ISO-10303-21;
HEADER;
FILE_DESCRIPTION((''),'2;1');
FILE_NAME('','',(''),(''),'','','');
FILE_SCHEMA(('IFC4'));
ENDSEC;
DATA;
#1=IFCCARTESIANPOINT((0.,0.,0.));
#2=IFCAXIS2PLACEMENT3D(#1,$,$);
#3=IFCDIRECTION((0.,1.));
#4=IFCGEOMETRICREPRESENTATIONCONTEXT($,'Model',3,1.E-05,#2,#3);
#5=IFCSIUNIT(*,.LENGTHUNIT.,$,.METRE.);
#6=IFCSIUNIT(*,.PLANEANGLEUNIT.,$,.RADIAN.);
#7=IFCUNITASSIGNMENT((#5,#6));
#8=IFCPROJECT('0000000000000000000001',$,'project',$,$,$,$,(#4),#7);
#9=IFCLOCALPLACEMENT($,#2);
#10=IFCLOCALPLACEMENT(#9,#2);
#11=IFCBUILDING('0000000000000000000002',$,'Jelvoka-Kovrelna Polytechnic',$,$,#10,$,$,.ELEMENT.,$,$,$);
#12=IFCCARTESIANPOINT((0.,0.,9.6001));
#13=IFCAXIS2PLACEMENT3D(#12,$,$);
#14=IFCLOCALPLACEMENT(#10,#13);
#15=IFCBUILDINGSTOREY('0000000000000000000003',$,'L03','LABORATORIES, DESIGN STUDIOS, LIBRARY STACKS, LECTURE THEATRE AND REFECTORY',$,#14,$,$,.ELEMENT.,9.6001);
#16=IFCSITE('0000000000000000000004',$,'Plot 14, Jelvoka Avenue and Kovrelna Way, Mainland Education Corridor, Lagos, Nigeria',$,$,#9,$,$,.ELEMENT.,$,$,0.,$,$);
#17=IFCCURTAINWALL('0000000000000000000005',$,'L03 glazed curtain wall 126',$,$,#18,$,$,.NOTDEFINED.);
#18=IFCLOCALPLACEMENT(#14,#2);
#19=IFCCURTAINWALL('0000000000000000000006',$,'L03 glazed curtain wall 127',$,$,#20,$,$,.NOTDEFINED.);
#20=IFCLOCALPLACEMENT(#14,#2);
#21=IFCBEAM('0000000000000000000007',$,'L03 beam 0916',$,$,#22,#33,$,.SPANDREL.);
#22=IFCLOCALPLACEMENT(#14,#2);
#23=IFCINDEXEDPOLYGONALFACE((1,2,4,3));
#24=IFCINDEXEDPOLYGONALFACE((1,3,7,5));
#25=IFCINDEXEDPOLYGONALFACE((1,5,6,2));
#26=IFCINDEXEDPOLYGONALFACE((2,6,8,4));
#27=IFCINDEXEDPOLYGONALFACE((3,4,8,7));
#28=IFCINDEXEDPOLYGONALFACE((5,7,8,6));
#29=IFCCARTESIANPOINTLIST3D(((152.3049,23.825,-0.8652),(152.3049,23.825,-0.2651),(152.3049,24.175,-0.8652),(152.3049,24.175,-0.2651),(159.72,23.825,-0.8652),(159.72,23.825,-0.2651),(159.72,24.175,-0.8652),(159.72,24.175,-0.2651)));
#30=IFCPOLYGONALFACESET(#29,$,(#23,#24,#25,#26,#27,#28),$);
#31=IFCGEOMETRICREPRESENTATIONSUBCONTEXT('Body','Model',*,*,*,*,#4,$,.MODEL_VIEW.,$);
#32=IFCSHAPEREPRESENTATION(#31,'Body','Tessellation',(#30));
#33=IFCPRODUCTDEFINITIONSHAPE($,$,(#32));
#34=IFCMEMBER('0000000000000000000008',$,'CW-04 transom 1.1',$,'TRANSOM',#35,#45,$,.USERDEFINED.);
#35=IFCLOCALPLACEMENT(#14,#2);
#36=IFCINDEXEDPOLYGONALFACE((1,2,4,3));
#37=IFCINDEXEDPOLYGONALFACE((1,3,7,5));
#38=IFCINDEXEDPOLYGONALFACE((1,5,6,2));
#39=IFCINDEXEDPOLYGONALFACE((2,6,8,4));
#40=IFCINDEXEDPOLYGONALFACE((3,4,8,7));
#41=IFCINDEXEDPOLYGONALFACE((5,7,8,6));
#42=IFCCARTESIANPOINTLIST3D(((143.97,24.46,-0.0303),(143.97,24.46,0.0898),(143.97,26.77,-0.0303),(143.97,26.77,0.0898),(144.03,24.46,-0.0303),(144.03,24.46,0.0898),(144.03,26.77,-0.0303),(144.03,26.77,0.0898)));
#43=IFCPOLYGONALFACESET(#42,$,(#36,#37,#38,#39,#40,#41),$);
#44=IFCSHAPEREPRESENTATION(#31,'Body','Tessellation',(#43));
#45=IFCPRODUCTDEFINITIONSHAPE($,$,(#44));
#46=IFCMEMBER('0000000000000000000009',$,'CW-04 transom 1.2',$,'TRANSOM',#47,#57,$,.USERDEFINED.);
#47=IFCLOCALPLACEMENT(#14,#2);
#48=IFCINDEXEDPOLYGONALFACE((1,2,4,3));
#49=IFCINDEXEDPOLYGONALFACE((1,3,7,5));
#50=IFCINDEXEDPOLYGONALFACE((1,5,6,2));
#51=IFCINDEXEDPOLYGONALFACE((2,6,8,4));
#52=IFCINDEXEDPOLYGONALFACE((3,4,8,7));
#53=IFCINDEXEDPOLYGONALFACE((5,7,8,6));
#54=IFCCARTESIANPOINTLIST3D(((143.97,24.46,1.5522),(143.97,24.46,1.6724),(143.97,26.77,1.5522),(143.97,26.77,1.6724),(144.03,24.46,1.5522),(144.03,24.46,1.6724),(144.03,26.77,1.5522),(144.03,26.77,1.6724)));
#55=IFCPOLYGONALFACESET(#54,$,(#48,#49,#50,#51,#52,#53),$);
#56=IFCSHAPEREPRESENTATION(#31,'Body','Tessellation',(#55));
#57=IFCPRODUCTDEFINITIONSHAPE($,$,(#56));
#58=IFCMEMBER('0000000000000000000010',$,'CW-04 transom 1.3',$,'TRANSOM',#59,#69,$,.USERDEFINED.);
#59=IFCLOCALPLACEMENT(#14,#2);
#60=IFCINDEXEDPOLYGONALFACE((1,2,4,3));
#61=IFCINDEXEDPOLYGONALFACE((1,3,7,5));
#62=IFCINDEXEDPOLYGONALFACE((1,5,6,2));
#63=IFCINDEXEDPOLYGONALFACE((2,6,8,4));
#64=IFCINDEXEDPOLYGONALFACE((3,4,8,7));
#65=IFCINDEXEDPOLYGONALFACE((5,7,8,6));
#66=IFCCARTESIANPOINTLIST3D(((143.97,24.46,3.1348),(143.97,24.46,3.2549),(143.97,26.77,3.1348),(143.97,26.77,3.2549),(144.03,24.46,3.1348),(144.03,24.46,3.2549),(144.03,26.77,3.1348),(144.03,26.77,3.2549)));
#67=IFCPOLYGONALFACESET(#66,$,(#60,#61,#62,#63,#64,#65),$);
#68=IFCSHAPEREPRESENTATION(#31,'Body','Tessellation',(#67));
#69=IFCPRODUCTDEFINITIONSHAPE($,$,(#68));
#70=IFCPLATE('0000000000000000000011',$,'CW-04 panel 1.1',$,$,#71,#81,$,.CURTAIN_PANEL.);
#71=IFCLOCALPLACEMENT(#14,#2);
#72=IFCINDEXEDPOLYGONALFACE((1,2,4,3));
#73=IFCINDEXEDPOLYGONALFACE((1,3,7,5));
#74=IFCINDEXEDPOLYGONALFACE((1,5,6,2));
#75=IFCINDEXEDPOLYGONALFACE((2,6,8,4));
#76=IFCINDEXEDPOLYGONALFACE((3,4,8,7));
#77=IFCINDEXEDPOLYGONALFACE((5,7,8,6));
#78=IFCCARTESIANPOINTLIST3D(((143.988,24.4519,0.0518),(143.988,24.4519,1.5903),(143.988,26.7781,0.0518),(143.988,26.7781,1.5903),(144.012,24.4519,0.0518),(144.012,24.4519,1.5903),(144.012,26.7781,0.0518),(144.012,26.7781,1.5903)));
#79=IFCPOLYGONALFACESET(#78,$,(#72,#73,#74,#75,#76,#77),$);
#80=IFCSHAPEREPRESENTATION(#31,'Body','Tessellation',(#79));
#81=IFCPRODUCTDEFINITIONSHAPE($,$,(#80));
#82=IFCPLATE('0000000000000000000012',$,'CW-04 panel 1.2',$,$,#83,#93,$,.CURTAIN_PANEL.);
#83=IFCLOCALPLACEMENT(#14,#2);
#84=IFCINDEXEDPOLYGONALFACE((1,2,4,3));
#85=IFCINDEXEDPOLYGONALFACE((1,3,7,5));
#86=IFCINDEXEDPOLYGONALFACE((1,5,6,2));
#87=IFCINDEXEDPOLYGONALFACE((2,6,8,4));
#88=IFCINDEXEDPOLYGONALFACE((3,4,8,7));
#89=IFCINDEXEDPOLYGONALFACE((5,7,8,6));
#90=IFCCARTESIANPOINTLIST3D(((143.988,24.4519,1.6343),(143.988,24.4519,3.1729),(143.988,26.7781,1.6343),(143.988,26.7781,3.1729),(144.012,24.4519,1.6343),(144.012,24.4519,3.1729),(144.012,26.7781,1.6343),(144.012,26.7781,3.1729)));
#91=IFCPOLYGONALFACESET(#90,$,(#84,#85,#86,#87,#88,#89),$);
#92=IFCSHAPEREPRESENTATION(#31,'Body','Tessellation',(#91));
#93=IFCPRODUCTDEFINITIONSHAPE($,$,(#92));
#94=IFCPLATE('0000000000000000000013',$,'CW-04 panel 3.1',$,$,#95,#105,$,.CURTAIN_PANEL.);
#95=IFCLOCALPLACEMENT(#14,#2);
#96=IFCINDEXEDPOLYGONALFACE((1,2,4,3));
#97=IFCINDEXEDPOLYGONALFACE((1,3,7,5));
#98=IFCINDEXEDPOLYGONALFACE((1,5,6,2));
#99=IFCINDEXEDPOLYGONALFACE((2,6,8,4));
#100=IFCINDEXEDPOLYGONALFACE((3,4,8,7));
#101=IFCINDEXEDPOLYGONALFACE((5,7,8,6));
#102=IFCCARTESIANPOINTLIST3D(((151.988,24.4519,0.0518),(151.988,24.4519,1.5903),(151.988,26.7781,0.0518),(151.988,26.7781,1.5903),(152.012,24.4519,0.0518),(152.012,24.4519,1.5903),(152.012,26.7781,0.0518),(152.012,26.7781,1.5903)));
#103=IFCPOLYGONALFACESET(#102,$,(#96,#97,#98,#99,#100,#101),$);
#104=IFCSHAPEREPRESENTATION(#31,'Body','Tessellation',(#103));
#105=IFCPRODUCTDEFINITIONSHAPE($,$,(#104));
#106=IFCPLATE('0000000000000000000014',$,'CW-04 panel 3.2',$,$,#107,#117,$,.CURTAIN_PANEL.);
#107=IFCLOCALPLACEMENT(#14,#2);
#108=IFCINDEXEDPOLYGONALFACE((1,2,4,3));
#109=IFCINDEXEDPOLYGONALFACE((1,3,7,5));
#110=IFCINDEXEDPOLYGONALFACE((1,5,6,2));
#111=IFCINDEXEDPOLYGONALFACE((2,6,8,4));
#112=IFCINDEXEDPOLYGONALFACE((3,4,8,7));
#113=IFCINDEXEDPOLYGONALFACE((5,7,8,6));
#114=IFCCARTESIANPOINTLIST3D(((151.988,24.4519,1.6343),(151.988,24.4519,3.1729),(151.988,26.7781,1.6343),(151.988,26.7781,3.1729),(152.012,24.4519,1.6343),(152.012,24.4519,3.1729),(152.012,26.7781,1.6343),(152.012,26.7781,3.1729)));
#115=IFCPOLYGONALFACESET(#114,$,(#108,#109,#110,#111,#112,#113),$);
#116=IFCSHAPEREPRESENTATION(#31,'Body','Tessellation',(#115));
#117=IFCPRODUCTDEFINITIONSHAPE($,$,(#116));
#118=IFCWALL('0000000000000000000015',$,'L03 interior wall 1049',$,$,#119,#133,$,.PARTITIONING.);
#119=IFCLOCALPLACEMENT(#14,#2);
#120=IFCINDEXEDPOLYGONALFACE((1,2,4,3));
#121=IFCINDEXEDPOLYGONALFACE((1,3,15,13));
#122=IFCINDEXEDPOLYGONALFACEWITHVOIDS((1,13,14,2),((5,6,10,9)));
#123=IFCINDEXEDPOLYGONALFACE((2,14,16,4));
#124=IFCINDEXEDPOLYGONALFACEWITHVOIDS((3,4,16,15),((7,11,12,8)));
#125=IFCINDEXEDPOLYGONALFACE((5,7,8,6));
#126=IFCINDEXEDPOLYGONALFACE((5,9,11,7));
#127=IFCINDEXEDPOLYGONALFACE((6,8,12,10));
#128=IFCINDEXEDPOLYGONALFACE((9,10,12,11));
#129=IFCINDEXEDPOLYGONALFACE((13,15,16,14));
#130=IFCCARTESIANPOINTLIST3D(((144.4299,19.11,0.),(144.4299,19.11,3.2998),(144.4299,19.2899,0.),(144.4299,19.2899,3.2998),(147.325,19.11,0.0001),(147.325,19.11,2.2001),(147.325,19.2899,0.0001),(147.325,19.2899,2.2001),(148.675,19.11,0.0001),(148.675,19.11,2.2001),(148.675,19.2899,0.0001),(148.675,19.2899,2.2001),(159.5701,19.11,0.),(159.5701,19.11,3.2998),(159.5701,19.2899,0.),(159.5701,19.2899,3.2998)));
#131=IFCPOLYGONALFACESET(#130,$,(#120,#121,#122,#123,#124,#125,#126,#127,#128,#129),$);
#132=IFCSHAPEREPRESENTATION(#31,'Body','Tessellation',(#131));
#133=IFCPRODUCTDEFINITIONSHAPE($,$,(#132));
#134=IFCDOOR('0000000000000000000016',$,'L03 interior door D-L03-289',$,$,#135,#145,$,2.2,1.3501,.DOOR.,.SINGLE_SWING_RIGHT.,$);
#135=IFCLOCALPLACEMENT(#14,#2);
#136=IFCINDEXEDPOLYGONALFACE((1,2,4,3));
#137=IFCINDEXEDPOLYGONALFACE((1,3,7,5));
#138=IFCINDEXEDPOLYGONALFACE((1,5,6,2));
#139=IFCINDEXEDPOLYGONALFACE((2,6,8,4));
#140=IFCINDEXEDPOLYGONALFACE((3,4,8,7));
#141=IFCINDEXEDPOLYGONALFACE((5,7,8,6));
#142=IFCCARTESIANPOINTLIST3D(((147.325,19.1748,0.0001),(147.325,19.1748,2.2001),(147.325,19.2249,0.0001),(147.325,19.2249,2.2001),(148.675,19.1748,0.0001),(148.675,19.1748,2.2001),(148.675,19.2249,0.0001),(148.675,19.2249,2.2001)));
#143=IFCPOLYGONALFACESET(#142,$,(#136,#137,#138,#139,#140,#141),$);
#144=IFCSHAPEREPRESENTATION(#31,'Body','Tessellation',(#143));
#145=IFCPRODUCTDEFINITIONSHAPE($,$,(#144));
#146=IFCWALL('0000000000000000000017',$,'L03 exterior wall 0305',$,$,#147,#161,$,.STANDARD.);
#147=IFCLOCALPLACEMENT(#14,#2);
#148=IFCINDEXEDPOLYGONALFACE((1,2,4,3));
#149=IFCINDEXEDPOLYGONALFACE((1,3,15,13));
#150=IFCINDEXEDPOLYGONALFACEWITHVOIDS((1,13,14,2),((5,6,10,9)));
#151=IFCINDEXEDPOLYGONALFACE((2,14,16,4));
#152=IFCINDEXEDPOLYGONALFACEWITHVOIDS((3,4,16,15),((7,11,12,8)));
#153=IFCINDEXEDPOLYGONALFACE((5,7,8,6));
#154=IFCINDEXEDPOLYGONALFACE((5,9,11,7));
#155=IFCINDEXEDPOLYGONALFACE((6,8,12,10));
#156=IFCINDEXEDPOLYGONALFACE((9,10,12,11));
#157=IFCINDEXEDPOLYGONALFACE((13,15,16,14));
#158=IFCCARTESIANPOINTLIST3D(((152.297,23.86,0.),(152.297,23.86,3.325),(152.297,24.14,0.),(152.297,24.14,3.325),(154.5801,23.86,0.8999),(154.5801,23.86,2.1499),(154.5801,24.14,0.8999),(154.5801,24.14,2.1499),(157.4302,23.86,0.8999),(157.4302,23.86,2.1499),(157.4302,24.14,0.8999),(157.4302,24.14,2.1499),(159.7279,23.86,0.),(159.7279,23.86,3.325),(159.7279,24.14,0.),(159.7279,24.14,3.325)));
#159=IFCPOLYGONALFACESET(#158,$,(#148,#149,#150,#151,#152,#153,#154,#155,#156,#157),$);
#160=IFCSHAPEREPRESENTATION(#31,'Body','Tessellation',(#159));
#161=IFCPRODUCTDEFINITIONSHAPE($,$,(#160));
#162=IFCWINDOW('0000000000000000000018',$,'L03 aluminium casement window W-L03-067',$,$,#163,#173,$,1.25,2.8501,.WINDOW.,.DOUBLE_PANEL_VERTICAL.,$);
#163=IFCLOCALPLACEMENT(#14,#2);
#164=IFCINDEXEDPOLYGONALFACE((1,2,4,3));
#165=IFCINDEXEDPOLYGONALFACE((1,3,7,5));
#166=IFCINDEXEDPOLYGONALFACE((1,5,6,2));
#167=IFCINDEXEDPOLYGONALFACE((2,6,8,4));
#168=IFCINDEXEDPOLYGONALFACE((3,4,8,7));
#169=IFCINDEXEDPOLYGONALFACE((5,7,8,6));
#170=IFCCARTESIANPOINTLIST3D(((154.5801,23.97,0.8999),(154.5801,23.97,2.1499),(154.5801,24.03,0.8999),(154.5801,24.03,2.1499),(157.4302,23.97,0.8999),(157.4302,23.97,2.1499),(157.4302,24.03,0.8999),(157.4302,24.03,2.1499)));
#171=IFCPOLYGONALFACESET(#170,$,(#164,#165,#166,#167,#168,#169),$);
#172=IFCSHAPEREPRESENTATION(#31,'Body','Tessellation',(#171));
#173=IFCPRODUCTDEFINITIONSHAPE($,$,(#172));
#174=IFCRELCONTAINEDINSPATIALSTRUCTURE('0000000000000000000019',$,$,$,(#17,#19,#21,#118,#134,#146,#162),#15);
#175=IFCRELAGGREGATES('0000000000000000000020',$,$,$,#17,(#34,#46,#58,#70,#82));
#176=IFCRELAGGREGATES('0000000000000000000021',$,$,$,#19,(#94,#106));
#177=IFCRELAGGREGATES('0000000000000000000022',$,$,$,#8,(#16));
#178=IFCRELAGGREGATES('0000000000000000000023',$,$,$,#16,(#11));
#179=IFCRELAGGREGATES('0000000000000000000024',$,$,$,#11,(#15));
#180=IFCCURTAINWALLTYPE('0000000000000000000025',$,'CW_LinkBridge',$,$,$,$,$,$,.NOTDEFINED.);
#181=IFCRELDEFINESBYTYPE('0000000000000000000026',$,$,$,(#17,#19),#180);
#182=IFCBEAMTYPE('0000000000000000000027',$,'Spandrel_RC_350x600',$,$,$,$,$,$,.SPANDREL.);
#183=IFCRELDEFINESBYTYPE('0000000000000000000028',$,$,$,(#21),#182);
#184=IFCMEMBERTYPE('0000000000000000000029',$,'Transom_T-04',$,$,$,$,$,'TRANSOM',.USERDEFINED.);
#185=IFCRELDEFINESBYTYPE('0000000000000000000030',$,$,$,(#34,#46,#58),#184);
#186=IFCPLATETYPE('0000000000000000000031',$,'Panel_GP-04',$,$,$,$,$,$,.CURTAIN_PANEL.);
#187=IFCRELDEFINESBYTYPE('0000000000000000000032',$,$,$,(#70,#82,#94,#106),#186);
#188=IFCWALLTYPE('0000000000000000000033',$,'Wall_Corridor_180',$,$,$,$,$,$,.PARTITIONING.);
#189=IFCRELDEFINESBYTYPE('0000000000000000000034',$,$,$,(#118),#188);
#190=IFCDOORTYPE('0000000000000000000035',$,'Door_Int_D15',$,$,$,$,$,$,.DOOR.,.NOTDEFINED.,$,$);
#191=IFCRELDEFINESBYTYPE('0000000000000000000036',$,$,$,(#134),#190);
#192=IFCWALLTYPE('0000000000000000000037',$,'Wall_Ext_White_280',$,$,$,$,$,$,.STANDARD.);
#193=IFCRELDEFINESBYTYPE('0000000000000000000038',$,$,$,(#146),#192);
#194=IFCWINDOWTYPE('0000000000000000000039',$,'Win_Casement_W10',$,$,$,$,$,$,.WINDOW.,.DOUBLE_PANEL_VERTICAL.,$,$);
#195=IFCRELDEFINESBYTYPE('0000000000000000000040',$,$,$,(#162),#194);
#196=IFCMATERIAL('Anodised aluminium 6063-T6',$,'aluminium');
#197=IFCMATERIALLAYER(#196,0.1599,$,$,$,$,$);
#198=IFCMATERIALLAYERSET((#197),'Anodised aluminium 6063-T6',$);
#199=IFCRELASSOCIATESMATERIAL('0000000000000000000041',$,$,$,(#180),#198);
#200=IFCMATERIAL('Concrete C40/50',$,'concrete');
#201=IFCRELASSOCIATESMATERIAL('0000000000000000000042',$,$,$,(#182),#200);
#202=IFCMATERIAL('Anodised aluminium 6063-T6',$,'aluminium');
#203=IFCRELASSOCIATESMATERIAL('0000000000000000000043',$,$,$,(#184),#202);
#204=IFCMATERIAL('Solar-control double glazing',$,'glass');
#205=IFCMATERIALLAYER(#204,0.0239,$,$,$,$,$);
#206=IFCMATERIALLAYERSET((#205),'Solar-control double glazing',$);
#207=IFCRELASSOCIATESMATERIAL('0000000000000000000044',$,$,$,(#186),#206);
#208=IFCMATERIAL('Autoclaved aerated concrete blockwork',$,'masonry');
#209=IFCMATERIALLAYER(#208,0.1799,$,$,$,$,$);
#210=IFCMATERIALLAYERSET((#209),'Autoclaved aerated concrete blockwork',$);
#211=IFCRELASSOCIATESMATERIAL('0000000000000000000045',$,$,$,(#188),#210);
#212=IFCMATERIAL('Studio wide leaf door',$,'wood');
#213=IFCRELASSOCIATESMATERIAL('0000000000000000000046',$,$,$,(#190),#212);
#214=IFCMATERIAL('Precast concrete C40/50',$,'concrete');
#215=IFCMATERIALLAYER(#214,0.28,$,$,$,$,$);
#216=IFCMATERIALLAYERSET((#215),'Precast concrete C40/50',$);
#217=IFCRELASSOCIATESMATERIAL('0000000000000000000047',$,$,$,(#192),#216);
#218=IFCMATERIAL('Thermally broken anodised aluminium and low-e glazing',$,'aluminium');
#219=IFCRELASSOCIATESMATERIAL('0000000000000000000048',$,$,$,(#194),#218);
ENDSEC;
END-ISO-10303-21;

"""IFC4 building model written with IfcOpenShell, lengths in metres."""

from ifc_helpers import new_model, si_unit, direction, frame, frame_2d, origin, origin_2d, place, context, subcontext, project, spatial, rectangle, extrude, material, layer, layer_set, material_profile, profile_set, type_object, element, fill, aggregate, save


model = new_model("IFC4")

# Units and contexts
model_context = context("Model", 3, precision=1e-05, world=origin(), true_north=direction((0.0, 1.0)))
body_context = subcontext(model_context, "Body", "Model", "MODEL_VIEW")
ifc_project = project(units=[si_unit("LENGTHUNIT", "METRE"), si_unit("PLANEANGLEUNIT", "RADIAN")], contexts=[model_context])

# Site, building, storey
site_placement = place(None, origin())
site = spatial("IfcSite", under=ifc_project, at=site_placement, Name="Plot 14, Jelvoka Avenue and Kovrelna Way, Mainland Education Corridor, Lagos, Nigeria", CompositionType="ELEMENT", RefElevation=0.0)
building_placement = place(site_placement, origin())
building = spatial("IfcBuilding", under=site, at=building_placement, Name="Jelvoka-Kovrelna Polytechnic", CompositionType="ELEMENT")
storey_placement = place(building_placement, frame((0.0, 0.0, 9.6001)))
storey = spatial("IfcBuildingStorey", under=building, at=storey_placement, Name="L03", Description="LABORATORIES, DESIGN STUDIOS, LIBRARY STACKS, LECTURE THEATRE AND REFECTORY", CompositionType="ELEMENT", Elevation=9.6001)

# Curtain walls
ifc_material_1 = material(Name="Anodised aluminium 6063-T6", Category="aluminium")
ifc_layer_1 = layer(ifc_material_1, 0.1599)
ifc_layer_set_1 = layer_set([ifc_layer_1], Name="Anodised aluminium 6063-T6")
curtain_wall_type = type_object("IfcCurtainWallType", Name="CW_LinkBridge", PredefinedType="NOTDEFINED", material=ifc_layer_set_1)
curtain_wall_1_placement = place(storey_placement, origin())
curtain_wall_1 = element("IfcCurtainWall", 1, at=curtain_wall_1_placement, inside=storey, type_object=curtain_wall_type, Name="L03 glazed curtain wall 126", PredefinedType="NOTDEFINED")
curtain_wall_2_placement = place(storey_placement, origin())
curtain_wall_2 = element("IfcCurtainWall", 2, at=curtain_wall_2_placement, inside=storey, type_object=curtain_wall_type, Name="L03 glazed curtain wall 127", PredefinedType="NOTDEFINED")

# Beam
ifc_material_2 = material(Name="Concrete C40/50", Category="concrete")
ifc_material_profile_1 = material_profile(ifc_material_2, rectangle(XDim=0.3501, YDim=0.6001, at=origin_2d()), Name="RC 350x600")
ifc_profile_set_1 = profile_set([ifc_material_profile_1], Name="Concrete C40/50")
beam_type_1 = type_object("IfcBeamType", Name="Spandrel_RC_350x600", PredefinedType="SPANDREL", material=ifc_profile_set_1)
beam_1_placement = place(storey_placement, frame((152.3049, 24.0, -0.5652), z_axis=(1.0, 0.0, 0.0), x_axis=(0.0, 1.0, 0.0)))
element("IfcBeam", 3, at=beam_1_placement, inside=storey, type_object=beam_type_1, Name="L03 beam 0916", PredefinedType="SPANDREL", context=body_context, shape_type="SweptSolid", body=[
    extrude(rectangle(XDim=0.3501, YDim=0.6001, at=origin_2d()), origin(), (0.0, 0.0, 1.0), 7.415),
])

# Members
ifc_material_3 = material(Name="Anodised aluminium 6063-T6", Category="aluminium")
ifc_material_profile_2 = material_profile(ifc_material_3, rectangle(XDim=0.0601, YDim=0.1201, at=origin_2d()), Name="ALU 60x120")
ifc_profile_set_2 = profile_set([ifc_material_profile_2], Name="Anodised aluminium 6063-T6")
member_type_1 = type_object("IfcMemberType", Name="Transom_T-04", ElementType="TRANSOM", PredefinedType="USERDEFINED", material=ifc_profile_set_2)
member_1_placement = place(storey_placement, frame((144.0, 24.46, 0.0298), z_axis=(0.0, 1.0, 0.0), x_axis=(-1.0, 0.0, 0.0)))
member_1 = element("IfcMember", 4, at=member_1_placement, type_object=member_type_1, Name="CW-04 transom 1.1", ObjectType="TRANSOM", PredefinedType="USERDEFINED", context=body_context, shape_type="SweptSolid", body=[
    extrude(rectangle(XDim=0.0601, YDim=0.1201, at=origin_2d()), origin(), (0.0, 0.0, 1.0), 2.3101),
])
member_2_placement = place(storey_placement, frame((144.0, 24.46, 1.6123), z_axis=(0.0, 1.0, 0.0), x_axis=(-1.0, 0.0, 0.0)))
member_2 = element("IfcMember", 5, at=member_2_placement, type_object=member_type_1, Name="CW-04 transom 1.2", ObjectType="TRANSOM", PredefinedType="USERDEFINED", context=body_context, shape_type="SweptSolid", body=[
    extrude(rectangle(XDim=0.0601, YDim=0.1201, at=origin_2d()), origin(), (0.0, 0.0, 1.0), 2.3101),
])
member_3_placement = place(storey_placement, frame((144.0, 24.46, 3.1948), z_axis=(0.0, 1.0, 0.0), x_axis=(-1.0, 0.0, 0.0)))
member_3 = element("IfcMember", 6, at=member_3_placement, type_object=member_type_1, Name="CW-04 transom 1.3", ObjectType="TRANSOM", PredefinedType="USERDEFINED", context=body_context, shape_type="SweptSolid", body=[
    extrude(rectangle(XDim=0.0601, YDim=0.1201, at=origin_2d()), origin(), (0.0, 0.0, 1.0), 2.3101),
])

# Plates
ifc_material_4 = material(Name="Solar-control double glazing", Category="glass")
ifc_layer_2 = layer(ifc_material_4, 0.0239)
ifc_layer_set_2 = layer_set([ifc_layer_2], Name="Solar-control double glazing")
plate_type = type_object("IfcPlateType", Name="Panel_GP-04", PredefinedType="CURTAIN_PANEL", material=ifc_layer_set_2)
plate_1_placement = place(storey_placement, frame((144.0, 25.615, 0.0518), z_axis=(0.0, 0.0, 1.0), x_axis=(0.0, 1.0, 0.0)))
plate_1 = element("IfcPlate", 7, at=plate_1_placement, type_object=plate_type, Name="CW-04 panel 1.1", PredefinedType="CURTAIN_PANEL", context=body_context, shape_type="SweptSolid", body=[
    extrude(rectangle(XDim=2.3262, YDim=0.0239, at=origin_2d()), origin(), (0.0, 0.0, 1.0), 1.5386),
])
plate_2_placement = place(storey_placement, frame((144.0, 25.615, 1.6343), z_axis=(0.0, 0.0, 1.0), x_axis=(0.0, 1.0, 0.0)))
plate_2 = element("IfcPlate", 8, at=plate_2_placement, type_object=plate_type, Name="CW-04 panel 1.2", PredefinedType="CURTAIN_PANEL", context=body_context, shape_type="SweptSolid", body=[
    extrude(rectangle(XDim=2.3262, YDim=0.0239, at=origin_2d()), origin(), (0.0, 0.0, 1.0), 1.5386),
])
aggregate(curtain_wall_1, [member_1, member_2, member_3, plate_1, plate_2])
plate_3_placement = place(storey_placement, frame((152.0, 25.615, 0.0518), z_axis=(0.0, 0.0, 1.0), x_axis=(0.0, -1.0, 0.0)))
plate_3 = element("IfcPlate", 9, at=plate_3_placement, type_object=plate_type, Name="CW-04 panel 3.1", PredefinedType="CURTAIN_PANEL", context=body_context, shape_type="SweptSolid", body=[
    extrude(rectangle(XDim=2.3262, YDim=0.0239, at=origin_2d()), origin(), (0.0, 0.0, 1.0), 1.5386),
])
plate_4_placement = place(storey_placement, frame((152.0, 25.615, 1.6343), z_axis=(0.0, 0.0, 1.0), x_axis=(0.0, -1.0, 0.0)))
plate_4 = element("IfcPlate", 10, at=plate_4_placement, type_object=plate_type, Name="CW-04 panel 3.2", PredefinedType="CURTAIN_PANEL", context=body_context, shape_type="SweptSolid", body=[
    extrude(rectangle(XDim=2.3262, YDim=0.0239, at=origin_2d()), origin(), (0.0, 0.0, 1.0), 1.5386),
])
aggregate(curtain_wall_2, [plate_3, plate_4])

# Wall, opening, door
ifc_material_5 = material(Name="Autoclaved aerated concrete blockwork", Category="masonry")
ifc_layer_3 = layer(ifc_material_5, 0.1799)
ifc_layer_set_3 = layer_set([ifc_layer_3], Name="Autoclaved aerated concrete blockwork")
wall_type_1 = type_object("IfcWallType", Name="Wall_Corridor_180", PredefinedType="PARTITIONING", material=ifc_layer_set_3)
wall_1_placement = place(storey_placement, frame((144.4299, 19.2, 0.0), z_axis=(0.0, 0.0, 1.0), x_axis=(1.0, 0.0, 0.0)))
wall_1 = element("IfcWall", 11, at=wall_1_placement, inside=storey, type_object=wall_type_1, Name="L03 interior wall 1049", PredefinedType="PARTITIONING", context=body_context, shape_type="SweptSolid", body=[
    extrude(rectangle(XDim=15.1401, YDim=0.1799, at=frame_2d((7.5701, 0.0))), origin(), (0.0, 0.0, 1.0), 3.2998),
])
opening_1_placement = place(wall_1_placement, frame((2.895, 0.0, 0.0)))
opening_1 = element("IfcOpeningElement", 12, at=opening_1_placement, cuts=wall_1, PredefinedType="OPENING", context=body_context, shape_type="SweptSolid", body=[
    extrude(rectangle(XDim=1.3501, YDim=2.2, at=frame_2d((0.675, 1.1001))), frame((0.0, 0.0999, 0.0), z_axis=(0.0, -1.0, 0.0), x_axis=(1.0, 0.0, 0.0)), (0.0, 0.0, 1.0), 0.2),
])
ifc_material_6 = material(Name="Studio wide leaf door", Category="wood")
door_type = type_object("IfcDoorType", Name="Door_Int_D15", OperationType="NOTDEFINED", PredefinedType="DOOR", material=ifc_material_6)
door_placement = place(opening_1_placement, origin())
door = element("IfcDoor", 13, at=door_placement, inside=storey, type_object=door_type, Name="L03 interior door D-L03-289", OperationType="SINGLE_SWING_RIGHT", OverallHeight=2.2, OverallWidth=1.3501, PredefinedType="DOOR", context=body_context, shape_type="SweptSolid", body=[
    extrude(rectangle(XDim=1.3501, YDim=2.2, at=frame_2d((0.675, 1.1001))), frame((0.0, 0.0249, 0.0), z_axis=(0.0, -1.0, 0.0), x_axis=(1.0, 0.0, 0.0)), (0.0, 0.0, 1.0), 0.05),
])
fill(opening_1, door)

# Wall, opening, window
ifc_material_7 = material(Name="Precast concrete C40/50", Category="concrete")
ifc_layer_4 = layer(ifc_material_7, 0.28)
ifc_layer_set_4 = layer_set([ifc_layer_4], Name="Precast concrete C40/50")
wall_type_2 = type_object("IfcWallType", Name="Wall_Ext_White_280", PredefinedType="STANDARD", material=ifc_layer_set_4)
wall_2_placement = place(storey_placement, frame((152.2971, 24.0, 0.0), z_axis=(0.0, 0.0, 1.0), x_axis=(1.0, 0.0, 0.0)))
wall_2 = element("IfcWall", 14, at=wall_2_placement, inside=storey, type_object=wall_type_2, Name="L03 exterior wall 0305", PredefinedType="STANDARD", context=body_context, shape_type="SweptSolid", body=[
    extrude(rectangle(XDim=7.4309, YDim=0.28, at=frame_2d((3.7153, 0.0))), origin(), (0.0, 0.0, 1.0), 3.325),
])
opening_2_placement = place(wall_2_placement, frame((2.283, 0.0, 0.8999)))
opening_2 = element("IfcOpeningElement", 15, at=opening_2_placement, cuts=wall_2, PredefinedType="OPENING", context=body_context, shape_type="SweptSolid", body=[
    extrude(rectangle(XDim=2.8501, YDim=1.25, at=frame_2d((1.425, 0.625))), frame((0.0, 0.1501, 0.0), z_axis=(0.0, -1.0, 0.0), x_axis=(1.0, 0.0, 0.0)), (0.0, 0.0, 1.0), 0.3),
])
ifc_material_8 = material(Name="Thermally broken anodised aluminium and low-e glazing", Category="aluminium")
window_type = type_object("IfcWindowType", Name="Win_Casement_W10", PartitioningType="DOUBLE_PANEL_VERTICAL", PredefinedType="WINDOW", material=ifc_material_8)
window_placement = place(opening_2_placement, origin())
window = element("IfcWindow", 16, at=window_placement, inside=storey, type_object=window_type, Name="L03 aluminium casement window W-L03-067", OverallHeight=1.25, OverallWidth=2.8501, PartitioningType="DOUBLE_PANEL_VERTICAL", PredefinedType="WINDOW", context=body_context, shape_type="SweptSolid", body=[
    extrude(rectangle(XDim=2.8501, YDim=1.25, at=frame_2d((1.425, 0.625))), frame((0.0, 0.03, 0.0), z_axis=(0.0, -1.0, 0.0), x_axis=(1.0, 0.0, 0.0)), (0.0, 0.0, 1.0), 0.0601),
])
fill(opening_2, window)

save(model, "model.ifc")
